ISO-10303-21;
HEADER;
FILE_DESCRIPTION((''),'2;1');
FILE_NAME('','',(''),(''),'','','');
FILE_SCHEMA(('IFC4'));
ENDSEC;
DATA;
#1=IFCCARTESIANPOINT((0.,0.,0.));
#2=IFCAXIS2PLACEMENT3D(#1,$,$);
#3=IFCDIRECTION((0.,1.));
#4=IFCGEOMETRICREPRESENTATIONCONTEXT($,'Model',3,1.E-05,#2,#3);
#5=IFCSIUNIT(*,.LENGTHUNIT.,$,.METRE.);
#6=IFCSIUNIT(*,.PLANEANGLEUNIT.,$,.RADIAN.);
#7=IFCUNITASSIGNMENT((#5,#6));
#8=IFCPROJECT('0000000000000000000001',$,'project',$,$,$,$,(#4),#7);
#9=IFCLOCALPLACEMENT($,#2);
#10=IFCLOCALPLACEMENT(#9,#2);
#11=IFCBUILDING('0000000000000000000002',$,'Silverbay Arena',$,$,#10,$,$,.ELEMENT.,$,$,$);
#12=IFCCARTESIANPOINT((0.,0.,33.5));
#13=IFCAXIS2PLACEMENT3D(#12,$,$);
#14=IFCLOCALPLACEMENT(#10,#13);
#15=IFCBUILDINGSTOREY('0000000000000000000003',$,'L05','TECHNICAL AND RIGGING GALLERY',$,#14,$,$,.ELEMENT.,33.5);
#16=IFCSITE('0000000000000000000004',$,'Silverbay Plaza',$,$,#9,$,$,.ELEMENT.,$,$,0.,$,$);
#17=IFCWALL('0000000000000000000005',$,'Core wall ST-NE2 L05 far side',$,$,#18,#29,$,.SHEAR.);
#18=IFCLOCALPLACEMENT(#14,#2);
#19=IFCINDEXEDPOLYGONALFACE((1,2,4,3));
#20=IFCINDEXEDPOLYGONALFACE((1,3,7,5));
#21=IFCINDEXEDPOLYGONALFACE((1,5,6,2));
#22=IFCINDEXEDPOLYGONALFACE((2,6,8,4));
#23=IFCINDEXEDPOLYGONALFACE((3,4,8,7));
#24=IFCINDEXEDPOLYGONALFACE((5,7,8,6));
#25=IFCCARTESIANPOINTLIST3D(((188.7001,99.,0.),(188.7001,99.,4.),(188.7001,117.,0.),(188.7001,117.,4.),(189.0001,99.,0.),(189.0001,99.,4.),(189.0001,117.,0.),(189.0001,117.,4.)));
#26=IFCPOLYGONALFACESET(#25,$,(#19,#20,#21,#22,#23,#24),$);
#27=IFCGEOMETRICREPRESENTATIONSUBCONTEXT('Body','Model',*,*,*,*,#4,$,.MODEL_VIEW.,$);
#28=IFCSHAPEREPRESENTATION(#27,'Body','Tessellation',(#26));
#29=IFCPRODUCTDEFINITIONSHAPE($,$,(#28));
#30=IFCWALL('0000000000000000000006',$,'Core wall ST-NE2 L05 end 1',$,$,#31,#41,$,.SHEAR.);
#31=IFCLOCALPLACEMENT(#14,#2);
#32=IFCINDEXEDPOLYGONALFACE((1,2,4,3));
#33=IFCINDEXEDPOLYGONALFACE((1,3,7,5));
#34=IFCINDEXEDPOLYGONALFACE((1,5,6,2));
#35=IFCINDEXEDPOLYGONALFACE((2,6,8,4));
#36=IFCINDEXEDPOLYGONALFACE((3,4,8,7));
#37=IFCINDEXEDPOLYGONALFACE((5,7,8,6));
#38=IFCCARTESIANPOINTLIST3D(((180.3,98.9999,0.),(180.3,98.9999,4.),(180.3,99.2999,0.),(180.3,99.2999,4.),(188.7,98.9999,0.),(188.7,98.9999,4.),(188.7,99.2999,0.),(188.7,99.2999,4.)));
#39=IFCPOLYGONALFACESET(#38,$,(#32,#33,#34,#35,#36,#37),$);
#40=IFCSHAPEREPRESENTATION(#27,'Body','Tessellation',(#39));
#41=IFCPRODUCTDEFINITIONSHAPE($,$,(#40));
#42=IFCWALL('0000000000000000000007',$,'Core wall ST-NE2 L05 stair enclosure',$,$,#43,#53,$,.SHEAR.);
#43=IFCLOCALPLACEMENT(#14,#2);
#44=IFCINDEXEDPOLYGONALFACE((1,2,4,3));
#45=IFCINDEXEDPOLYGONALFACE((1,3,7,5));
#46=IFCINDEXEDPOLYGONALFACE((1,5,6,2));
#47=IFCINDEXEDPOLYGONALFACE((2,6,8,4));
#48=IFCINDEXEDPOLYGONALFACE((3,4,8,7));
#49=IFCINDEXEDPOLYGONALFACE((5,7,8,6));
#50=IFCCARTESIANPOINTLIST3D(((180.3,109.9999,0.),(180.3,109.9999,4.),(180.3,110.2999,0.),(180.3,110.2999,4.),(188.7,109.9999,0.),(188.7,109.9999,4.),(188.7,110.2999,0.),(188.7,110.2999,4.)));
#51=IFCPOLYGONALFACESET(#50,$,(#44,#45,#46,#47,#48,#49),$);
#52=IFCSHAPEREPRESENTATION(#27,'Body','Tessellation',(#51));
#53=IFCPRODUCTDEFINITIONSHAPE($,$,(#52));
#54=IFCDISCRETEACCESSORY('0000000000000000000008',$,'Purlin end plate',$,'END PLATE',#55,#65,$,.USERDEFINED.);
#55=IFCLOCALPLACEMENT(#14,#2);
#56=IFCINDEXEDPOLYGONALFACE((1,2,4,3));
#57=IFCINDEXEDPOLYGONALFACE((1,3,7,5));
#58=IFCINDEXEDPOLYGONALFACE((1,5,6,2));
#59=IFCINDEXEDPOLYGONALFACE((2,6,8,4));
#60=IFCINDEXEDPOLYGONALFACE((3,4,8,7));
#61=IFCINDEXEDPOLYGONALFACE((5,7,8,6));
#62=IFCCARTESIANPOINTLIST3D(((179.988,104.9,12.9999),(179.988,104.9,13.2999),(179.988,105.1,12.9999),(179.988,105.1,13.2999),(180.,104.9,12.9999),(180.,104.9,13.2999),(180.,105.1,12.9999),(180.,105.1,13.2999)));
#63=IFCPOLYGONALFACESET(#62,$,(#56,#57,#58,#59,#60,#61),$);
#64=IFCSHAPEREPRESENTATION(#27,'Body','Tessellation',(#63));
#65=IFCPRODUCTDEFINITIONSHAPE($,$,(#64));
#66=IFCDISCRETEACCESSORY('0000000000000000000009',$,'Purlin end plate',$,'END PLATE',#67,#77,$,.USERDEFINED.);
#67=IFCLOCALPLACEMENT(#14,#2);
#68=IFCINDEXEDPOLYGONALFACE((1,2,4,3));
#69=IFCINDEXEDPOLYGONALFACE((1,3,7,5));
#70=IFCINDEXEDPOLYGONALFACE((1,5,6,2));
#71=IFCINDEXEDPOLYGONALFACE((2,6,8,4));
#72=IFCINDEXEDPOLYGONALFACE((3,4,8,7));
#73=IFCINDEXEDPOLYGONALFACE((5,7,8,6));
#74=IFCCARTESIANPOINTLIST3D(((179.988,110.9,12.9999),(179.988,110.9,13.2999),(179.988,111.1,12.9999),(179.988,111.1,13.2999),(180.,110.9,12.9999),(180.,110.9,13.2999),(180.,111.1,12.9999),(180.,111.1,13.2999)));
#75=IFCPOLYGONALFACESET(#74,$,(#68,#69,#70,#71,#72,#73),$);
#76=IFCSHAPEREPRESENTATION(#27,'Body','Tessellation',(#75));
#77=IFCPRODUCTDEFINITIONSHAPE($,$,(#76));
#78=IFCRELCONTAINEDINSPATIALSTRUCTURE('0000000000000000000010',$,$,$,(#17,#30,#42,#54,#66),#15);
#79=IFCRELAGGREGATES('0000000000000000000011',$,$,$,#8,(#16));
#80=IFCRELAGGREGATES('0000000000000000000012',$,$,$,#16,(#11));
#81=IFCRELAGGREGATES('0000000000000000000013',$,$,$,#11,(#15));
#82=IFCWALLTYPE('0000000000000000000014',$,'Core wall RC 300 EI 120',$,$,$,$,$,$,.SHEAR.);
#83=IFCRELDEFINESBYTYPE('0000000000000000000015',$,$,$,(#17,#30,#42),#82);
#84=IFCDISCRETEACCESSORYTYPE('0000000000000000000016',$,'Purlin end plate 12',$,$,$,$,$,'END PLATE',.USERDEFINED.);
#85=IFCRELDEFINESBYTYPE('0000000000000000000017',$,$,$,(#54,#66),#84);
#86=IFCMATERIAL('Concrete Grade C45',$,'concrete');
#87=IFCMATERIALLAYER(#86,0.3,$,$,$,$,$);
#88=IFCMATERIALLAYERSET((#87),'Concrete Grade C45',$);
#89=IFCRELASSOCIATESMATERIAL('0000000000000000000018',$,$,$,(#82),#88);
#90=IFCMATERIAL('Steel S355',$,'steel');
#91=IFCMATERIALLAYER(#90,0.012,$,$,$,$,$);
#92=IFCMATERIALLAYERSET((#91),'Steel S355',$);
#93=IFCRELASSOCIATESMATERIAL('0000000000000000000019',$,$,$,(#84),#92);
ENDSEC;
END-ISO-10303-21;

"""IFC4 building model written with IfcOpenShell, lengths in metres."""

from ifc_helpers import new_model, si_unit, direction, frame, frame_2d, origin, origin_2d, place, context, subcontext, project, spatial, rectangle, extrude, material, layer, layer_set, type_object, element, save


model = new_model("IFC4")

# Units and contexts
model_context = context("Model", 3, precision=1e-05, world=origin(), true_north=direction((0.0, 1.0)))
body_context = subcontext(model_context, "Body", "Model", "MODEL_VIEW")
ifc_project = project(units=[si_unit("LENGTHUNIT", "METRE"), si_unit("PLANEANGLEUNIT", "RADIAN")], contexts=[model_context])

# Site, building, storey
site_placement = place(None, origin())
site = spatial("IfcSite", under=ifc_project, at=site_placement, Name="Silverbay Plaza", CompositionType="ELEMENT", RefElevation=0.0)
building_placement = place(site_placement, origin())
building = spatial("IfcBuilding", under=site, at=building_placement, Name="Silverbay Arena", CompositionType="ELEMENT")
storey_placement = place(building_placement, frame((0.0, 0.0, 33.5)))
storey = spatial("IfcBuildingStorey", under=building, at=storey_placement, Name="L05", Description="TECHNICAL AND RIGGING GALLERY", CompositionType="ELEMENT", Elevation=33.5)

# Shared definitions
ifc_material_1 = material(Name="Concrete Grade C45", Category="concrete")
ifc_layer_1 = layer(ifc_material_1, 0.3)
ifc_layer_set_1 = layer_set([ifc_layer_1], Name="Concrete Grade C45")
wall_type = type_object("IfcWallType", Name="Core wall RC 300 EI 120", PredefinedType="SHEAR", material=ifc_layer_set_1)

# Walls
wall_1_placement = place(storey_placement, frame((188.8501, 99.0, 0.0), z_axis=(0.0, 0.0, 1.0), x_axis=(0.0, 1.0, 0.0)))
element("IfcWall", 1, at=wall_1_placement, inside=storey, type_object=wall_type, Name="Core wall ST-NE2 L05 far side", PredefinedType="SHEAR", context=body_context, shape_type="SweptSolid", body=[
    extrude(rectangle(XDim=18.0, YDim=0.3, at=frame_2d((9.0, 0.0))), origin(), (0.0, 0.0, 1.0), 4.0),
])
for number, where, z_axis, x_axis, name in (
    (2, (180.3, 99.1499, 0.0), (0.0, 0.0, 1.0), (1.0, 0.0, 0.0), "Core wall ST-NE2 L05 end 1"),
    (3, (180.3, 110.1499, 0.0), (0.0, 0.0, 1.0), (1.0, 0.0, 0.0), "Core wall ST-NE2 L05 stair enclosure"),
):
    element("IfcWall", number, at=place(storey_placement, frame(where, z_axis=z_axis, x_axis=x_axis)), inside=storey, type_object=wall_type, Name=name, PredefinedType="SHEAR", context=body_context, shape_type="SweptSolid", body=[
        extrude(rectangle(XDim=8.3999, YDim=0.3, at=frame_2d((4.2, 0.0))), origin(), (0.0, 0.0, 1.0), 4.0),
    ])

# Discrete accessories
ifc_material_2 = material(Name="Steel S355", Category="steel")
ifc_layer_2 = layer(ifc_material_2, 0.012)
ifc_layer_set_2 = layer_set([ifc_layer_2], Name="Steel S355")
discrete_accessory_type = type_object("IfcDiscreteAccessoryType", Name="Purlin end plate 12", ElementType="END PLATE", PredefinedType="USERDEFINED", material=ifc_layer_set_2)
for number, where, z_axis, x_axis, name in (
    (4, (180.0, 105.0, 13.1499), (-1.0, 0.0, 0.0), (0.0, -1.0, 0.0), "Purlin end plate"),
    (5, (180.0, 111.0, 13.1499), (-1.0, 0.0, 0.0), (0.0, -1.0, 0.0), "Purlin end plate"),
):
    element("IfcDiscreteAccessory", number, at=place(storey_placement, frame(where, z_axis=z_axis, x_axis=x_axis)), inside=storey, type_object=discrete_accessory_type, Name=name, ObjectType="END PLATE", PredefinedType="USERDEFINED", context=body_context, shape_type="SweptSolid", body=[
        extrude(rectangle(XDim=0.2, YDim=0.3, at=origin_2d()), origin(), (0.0, 0.0, 1.0), 0.012),
    ])

save(model, "model.ifc")
